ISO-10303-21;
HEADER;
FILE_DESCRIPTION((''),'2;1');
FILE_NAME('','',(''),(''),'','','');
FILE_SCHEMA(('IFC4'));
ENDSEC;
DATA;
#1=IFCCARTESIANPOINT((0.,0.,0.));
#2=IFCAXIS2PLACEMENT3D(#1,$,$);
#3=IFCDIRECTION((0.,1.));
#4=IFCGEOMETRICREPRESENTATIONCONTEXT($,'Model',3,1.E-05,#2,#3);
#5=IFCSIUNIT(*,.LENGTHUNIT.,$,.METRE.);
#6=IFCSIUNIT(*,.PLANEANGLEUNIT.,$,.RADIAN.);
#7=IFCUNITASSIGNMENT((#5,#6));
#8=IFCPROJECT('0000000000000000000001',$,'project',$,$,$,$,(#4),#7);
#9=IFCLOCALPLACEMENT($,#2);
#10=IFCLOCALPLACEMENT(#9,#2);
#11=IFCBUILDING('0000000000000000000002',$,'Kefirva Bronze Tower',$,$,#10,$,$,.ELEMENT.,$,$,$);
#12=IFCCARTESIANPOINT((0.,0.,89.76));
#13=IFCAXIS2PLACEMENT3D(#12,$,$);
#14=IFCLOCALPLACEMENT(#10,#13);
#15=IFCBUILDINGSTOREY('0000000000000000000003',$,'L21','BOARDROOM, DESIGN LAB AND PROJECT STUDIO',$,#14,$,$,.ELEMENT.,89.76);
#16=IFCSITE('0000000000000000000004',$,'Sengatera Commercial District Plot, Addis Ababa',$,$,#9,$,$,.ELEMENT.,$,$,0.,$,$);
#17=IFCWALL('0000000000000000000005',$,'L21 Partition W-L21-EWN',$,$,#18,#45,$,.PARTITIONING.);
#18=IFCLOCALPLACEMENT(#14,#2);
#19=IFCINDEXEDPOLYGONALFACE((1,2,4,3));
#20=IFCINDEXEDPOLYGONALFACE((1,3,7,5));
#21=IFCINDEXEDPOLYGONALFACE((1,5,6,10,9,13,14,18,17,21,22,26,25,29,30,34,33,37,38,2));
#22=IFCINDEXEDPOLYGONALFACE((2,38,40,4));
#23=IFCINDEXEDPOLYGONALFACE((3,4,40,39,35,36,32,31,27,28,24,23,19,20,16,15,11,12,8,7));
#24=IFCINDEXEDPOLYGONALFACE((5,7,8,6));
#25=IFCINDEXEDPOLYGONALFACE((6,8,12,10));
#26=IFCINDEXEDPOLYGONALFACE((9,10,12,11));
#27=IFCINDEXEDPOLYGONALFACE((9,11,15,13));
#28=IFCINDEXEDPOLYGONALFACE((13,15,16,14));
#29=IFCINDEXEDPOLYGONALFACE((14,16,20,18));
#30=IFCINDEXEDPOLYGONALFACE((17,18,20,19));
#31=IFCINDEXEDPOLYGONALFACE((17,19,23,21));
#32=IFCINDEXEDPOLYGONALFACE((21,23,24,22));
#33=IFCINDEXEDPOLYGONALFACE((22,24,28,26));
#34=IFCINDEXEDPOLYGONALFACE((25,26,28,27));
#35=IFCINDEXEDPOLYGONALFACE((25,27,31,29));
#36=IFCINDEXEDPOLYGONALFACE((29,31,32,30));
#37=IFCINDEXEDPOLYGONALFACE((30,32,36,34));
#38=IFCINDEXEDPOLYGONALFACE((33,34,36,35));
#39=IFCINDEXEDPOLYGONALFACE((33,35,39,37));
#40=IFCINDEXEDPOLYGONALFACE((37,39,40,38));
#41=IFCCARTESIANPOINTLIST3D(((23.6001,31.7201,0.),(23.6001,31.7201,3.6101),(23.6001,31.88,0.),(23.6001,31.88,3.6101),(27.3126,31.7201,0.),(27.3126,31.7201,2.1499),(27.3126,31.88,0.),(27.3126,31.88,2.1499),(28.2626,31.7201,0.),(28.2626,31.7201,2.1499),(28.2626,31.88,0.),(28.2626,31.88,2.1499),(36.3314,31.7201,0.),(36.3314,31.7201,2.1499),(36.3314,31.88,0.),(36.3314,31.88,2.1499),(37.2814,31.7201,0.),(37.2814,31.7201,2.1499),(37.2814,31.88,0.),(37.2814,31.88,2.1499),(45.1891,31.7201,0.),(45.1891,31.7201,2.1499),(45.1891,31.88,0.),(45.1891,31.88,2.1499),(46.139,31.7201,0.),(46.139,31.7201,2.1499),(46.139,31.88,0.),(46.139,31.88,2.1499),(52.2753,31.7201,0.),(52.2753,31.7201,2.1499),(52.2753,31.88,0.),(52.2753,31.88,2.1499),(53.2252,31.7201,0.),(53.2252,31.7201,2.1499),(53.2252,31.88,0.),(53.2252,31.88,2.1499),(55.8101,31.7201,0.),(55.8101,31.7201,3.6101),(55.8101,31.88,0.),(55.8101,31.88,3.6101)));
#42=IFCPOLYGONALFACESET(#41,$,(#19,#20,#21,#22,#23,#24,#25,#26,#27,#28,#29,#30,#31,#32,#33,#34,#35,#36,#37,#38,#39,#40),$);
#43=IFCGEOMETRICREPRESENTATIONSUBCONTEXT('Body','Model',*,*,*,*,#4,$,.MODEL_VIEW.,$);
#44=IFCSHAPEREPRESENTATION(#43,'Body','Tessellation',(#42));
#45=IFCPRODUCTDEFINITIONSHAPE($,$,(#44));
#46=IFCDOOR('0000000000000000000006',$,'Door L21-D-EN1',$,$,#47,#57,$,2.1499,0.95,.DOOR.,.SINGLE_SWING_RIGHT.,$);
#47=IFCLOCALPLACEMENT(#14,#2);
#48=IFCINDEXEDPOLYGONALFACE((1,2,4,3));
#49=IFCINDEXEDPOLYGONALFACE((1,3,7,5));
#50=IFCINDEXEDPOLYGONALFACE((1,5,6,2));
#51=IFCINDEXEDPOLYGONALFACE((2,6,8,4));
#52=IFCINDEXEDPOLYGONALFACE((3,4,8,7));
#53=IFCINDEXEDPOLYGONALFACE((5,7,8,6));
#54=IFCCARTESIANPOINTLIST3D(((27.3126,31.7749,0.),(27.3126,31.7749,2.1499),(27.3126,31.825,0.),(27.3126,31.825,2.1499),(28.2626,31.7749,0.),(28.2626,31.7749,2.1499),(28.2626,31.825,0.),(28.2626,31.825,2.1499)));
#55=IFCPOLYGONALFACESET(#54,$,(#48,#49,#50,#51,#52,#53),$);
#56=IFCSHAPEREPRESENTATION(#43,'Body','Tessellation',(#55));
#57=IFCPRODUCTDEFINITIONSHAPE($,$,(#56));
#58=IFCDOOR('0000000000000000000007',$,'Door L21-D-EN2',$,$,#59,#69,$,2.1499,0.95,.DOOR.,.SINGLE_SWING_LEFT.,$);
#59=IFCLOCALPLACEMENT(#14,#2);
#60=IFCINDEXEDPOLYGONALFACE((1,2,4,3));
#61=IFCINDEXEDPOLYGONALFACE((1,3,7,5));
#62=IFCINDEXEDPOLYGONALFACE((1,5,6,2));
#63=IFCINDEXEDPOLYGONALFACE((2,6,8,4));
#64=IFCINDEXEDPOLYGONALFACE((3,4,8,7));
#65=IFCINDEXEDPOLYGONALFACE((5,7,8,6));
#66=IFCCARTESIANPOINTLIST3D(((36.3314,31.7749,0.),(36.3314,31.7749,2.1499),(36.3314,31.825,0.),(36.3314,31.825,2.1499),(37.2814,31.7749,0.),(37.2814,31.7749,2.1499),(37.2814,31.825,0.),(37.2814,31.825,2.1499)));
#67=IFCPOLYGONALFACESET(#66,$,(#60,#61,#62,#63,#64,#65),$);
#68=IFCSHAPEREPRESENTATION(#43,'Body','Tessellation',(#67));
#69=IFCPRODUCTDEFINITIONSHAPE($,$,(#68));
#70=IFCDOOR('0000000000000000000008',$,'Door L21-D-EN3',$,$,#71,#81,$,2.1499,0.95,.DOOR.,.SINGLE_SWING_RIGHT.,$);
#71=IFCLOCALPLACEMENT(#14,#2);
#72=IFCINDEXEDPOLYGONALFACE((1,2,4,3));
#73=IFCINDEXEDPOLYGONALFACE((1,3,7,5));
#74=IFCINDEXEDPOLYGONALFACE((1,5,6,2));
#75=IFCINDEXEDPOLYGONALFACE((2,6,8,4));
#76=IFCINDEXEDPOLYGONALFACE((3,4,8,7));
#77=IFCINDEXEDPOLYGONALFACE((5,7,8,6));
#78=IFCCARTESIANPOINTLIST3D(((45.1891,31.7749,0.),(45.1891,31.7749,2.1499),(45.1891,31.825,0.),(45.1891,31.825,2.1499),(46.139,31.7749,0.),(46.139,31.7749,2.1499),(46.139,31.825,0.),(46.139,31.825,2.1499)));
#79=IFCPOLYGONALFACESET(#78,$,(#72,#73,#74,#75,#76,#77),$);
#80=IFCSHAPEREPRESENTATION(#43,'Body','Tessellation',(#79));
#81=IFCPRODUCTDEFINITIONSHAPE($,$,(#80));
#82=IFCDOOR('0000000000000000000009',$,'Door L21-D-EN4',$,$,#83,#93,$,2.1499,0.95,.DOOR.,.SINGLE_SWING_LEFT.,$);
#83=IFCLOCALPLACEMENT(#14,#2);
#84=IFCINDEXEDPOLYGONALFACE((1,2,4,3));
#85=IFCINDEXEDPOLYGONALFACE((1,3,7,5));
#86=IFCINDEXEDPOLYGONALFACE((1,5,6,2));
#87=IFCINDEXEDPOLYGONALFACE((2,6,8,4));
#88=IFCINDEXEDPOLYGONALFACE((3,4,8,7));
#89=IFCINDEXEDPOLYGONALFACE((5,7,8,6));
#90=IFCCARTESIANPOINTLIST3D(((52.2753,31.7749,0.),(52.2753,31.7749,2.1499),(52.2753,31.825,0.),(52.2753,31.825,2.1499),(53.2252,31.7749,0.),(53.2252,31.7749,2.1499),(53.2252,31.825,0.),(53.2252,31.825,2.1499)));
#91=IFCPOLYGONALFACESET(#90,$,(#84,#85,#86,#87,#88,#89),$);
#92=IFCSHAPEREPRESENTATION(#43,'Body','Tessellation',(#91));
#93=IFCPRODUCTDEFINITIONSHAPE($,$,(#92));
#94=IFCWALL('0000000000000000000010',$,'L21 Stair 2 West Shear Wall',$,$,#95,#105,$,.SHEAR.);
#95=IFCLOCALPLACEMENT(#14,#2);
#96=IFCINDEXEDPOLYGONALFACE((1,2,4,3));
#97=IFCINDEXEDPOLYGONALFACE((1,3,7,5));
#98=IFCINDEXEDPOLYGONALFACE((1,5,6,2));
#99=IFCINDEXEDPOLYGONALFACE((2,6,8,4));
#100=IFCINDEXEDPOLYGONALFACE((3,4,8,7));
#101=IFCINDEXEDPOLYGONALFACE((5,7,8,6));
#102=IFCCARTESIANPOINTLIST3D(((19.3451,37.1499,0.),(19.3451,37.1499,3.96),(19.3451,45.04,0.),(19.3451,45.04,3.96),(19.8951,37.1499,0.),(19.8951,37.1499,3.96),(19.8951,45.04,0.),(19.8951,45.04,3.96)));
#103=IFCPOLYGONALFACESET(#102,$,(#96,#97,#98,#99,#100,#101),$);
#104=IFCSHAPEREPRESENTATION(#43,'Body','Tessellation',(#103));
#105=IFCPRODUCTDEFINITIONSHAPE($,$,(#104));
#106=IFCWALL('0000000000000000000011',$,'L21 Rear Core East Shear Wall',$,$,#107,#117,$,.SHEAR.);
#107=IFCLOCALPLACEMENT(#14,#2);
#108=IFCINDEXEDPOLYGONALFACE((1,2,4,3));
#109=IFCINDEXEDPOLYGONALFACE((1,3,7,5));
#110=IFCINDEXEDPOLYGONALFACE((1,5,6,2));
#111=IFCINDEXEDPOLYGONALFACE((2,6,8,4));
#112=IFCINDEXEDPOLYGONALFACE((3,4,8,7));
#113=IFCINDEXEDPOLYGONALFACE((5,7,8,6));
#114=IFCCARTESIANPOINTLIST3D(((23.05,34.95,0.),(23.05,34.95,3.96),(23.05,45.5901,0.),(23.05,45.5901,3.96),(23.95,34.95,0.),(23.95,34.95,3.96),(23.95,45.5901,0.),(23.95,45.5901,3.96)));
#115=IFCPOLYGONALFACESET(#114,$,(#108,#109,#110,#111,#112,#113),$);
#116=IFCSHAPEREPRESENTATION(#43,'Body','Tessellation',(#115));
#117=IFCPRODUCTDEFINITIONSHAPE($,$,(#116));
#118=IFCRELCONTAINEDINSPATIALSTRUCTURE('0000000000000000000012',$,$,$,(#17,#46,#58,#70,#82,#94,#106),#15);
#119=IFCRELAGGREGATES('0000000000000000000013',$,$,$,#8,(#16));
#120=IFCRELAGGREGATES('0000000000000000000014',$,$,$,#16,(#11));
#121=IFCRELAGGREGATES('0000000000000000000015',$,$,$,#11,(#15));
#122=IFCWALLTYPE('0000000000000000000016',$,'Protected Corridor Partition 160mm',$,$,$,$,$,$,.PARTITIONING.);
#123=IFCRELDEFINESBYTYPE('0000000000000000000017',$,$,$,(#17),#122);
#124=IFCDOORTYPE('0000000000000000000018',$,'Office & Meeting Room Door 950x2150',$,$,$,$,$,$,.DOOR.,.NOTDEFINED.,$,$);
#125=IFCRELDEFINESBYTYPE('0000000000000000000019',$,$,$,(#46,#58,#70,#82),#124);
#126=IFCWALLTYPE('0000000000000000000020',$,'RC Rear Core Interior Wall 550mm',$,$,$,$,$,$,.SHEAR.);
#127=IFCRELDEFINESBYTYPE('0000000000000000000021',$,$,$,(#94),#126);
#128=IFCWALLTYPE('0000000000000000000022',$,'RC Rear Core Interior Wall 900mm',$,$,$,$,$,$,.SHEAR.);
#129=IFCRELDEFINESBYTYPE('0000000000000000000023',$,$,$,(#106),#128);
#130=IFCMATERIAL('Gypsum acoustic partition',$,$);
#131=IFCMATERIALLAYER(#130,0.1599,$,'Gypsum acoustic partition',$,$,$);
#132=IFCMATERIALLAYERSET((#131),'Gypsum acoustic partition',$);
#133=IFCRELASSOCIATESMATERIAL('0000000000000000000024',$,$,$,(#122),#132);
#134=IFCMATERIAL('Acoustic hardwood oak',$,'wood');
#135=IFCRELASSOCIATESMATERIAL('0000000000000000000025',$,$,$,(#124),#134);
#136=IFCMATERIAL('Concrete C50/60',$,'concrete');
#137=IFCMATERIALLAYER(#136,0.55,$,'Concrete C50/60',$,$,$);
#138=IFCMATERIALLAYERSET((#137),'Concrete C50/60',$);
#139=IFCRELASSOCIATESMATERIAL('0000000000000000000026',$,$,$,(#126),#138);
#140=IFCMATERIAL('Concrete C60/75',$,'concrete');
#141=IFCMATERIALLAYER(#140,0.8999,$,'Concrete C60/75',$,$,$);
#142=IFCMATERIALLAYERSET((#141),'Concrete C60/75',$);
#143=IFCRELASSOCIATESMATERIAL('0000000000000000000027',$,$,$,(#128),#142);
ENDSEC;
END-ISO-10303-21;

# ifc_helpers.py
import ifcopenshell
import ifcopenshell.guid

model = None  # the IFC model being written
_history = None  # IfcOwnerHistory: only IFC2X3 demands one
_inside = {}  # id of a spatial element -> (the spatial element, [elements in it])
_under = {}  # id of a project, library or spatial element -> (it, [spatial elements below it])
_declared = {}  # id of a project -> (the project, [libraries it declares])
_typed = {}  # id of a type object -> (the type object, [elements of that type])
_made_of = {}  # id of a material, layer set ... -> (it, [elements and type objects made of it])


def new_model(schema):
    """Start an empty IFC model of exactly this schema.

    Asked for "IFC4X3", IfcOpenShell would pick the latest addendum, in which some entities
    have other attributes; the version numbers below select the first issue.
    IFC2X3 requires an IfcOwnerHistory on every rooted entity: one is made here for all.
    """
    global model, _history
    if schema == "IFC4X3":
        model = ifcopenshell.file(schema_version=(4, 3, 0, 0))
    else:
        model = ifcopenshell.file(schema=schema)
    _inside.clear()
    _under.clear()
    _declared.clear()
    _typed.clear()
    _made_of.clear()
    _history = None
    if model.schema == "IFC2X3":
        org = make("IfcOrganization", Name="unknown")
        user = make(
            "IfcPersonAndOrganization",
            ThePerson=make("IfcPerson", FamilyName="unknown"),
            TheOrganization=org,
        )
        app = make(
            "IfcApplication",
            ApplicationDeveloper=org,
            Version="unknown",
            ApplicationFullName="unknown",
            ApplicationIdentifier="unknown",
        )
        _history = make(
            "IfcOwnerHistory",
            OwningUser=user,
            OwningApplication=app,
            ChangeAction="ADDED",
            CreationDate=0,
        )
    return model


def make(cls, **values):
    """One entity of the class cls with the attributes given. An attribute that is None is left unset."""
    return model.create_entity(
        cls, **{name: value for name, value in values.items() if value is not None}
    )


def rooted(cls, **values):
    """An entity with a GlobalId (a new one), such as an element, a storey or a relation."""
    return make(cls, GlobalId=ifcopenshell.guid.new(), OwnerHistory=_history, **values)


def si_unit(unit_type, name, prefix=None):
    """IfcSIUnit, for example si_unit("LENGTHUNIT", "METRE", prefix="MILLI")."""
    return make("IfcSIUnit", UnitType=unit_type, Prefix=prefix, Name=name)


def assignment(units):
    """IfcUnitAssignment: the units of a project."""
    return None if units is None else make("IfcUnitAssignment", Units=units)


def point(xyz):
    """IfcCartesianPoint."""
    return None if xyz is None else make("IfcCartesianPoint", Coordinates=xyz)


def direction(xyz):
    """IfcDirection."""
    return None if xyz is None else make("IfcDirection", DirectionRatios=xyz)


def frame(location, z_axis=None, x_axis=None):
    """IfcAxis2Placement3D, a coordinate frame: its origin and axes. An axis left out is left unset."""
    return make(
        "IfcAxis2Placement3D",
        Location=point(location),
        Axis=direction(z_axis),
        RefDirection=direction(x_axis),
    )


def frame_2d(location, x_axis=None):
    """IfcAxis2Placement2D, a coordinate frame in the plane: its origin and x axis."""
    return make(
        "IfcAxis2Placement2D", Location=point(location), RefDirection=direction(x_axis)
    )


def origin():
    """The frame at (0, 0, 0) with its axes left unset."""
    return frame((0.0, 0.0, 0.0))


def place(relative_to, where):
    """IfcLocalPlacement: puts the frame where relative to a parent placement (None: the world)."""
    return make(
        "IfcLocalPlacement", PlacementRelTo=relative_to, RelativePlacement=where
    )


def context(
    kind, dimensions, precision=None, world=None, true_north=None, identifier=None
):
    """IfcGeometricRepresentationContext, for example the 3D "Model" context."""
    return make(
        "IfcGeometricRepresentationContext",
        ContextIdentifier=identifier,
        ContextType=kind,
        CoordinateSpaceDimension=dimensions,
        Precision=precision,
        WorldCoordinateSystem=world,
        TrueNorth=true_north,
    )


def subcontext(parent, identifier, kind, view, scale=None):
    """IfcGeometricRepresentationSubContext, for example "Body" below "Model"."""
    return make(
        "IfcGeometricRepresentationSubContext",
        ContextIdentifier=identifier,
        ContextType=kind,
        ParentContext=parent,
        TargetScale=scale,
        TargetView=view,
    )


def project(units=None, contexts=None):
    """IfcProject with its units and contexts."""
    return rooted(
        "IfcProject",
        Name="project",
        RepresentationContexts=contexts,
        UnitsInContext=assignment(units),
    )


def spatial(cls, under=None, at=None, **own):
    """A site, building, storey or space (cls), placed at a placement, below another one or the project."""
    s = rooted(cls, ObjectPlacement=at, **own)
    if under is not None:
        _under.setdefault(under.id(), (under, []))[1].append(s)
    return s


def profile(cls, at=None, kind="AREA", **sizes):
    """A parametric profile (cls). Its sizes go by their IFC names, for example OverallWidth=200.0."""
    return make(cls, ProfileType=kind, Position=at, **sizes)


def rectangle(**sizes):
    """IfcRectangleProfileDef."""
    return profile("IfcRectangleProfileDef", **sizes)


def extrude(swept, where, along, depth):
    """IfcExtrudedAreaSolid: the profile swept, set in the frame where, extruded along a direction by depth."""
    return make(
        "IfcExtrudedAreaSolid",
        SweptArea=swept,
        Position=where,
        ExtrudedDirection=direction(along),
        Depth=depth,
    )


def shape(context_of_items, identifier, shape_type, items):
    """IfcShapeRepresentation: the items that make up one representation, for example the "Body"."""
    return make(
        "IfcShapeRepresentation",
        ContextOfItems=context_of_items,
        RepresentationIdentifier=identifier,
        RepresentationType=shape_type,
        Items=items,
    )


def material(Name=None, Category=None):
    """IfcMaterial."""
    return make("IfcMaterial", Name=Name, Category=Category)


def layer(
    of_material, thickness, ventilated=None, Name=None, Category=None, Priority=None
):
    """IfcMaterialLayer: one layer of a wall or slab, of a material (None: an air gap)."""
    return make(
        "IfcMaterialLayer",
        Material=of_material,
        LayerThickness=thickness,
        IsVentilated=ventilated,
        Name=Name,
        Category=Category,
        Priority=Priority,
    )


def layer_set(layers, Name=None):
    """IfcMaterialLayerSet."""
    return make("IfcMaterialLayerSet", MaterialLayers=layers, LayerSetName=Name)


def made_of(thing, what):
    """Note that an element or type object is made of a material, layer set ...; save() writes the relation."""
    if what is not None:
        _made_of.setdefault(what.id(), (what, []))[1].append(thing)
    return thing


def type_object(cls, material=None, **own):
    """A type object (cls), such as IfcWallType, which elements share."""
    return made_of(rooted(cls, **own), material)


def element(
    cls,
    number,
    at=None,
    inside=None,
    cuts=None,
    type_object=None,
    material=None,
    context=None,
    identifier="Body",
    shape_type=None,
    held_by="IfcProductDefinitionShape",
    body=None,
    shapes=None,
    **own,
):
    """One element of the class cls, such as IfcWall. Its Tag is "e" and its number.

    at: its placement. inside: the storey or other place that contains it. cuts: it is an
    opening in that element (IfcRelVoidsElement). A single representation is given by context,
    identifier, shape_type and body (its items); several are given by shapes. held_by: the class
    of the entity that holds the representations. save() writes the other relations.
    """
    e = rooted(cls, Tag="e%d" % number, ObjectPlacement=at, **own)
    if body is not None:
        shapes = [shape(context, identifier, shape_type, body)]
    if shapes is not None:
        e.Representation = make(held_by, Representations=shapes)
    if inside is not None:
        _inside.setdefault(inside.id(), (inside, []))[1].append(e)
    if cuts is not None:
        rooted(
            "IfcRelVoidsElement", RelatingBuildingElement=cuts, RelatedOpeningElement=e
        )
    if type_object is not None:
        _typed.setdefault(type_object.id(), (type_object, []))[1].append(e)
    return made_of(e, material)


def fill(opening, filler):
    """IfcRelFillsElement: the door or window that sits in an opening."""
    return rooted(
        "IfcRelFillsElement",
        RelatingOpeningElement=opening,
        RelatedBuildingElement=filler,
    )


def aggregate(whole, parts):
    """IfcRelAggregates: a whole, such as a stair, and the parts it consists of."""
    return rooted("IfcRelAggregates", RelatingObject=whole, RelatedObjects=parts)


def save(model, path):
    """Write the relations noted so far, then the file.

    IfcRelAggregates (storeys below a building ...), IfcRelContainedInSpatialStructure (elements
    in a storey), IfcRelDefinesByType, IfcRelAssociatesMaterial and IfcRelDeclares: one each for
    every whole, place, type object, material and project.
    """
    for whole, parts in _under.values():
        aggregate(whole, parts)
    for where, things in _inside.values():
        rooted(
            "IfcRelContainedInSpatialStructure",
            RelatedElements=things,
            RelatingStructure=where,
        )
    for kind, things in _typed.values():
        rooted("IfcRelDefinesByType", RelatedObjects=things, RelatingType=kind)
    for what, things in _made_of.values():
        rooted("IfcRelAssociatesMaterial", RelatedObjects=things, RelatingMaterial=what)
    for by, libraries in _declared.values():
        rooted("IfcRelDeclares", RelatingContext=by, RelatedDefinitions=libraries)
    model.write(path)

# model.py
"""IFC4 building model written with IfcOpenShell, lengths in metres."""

from ifc_helpers import new_model, si_unit, direction, frame, frame_2d, origin, place, context, subcontext, project, spatial, rectangle, extrude, material, layer, layer_set, type_object, element, fill, save


model = new_model("IFC4")

# Units and contexts
model_context = context("Model", 3, precision=1e-05, world=origin(), true_north=direction((0.0, 1.0)))
body_context = subcontext(model_context, "Body", "Model", "MODEL_VIEW")
ifc_project = project(units=[si_unit("LENGTHUNIT", "METRE"), si_unit("PLANEANGLEUNIT", "RADIAN")], contexts=[model_context])

# Site, building, storey
site_placement = place(None, origin())
site = spatial("IfcSite", under=ifc_project, at=site_placement, Name="Sengatera Commercial District Plot, Addis Ababa", CompositionType="ELEMENT", RefElevation=0.0)
building_placement = place(site_placement, origin())
building = spatial("IfcBuilding", under=site, at=building_placement, Name="Kefirva Bronze Tower", CompositionType="ELEMENT")
storey_placement = place(building_placement, frame((0.0, 0.0, 89.76)))
storey = spatial("IfcBuildingStorey", under=building, at=storey_placement, Name="L21", Description="BOARDROOM, DESIGN LAB AND PROJECT STUDIO", CompositionType="ELEMENT", Elevation=89.76)

# Shared definitions
ifc_material_1 = material(Name="Concrete C60/75", Category="concrete")

# Wall, openings, doors
ifc_material_2 = material(Name="Gypsum acoustic partition")
ifc_layer_1 = layer(ifc_material_2, 0.1599, Name="Gypsum acoustic partition")
ifc_layer_set_1 = layer_set([ifc_layer_1], Name="Gypsum acoustic partition")
wall_type_1 = type_object("IfcWallType", Name="Protected Corridor Partition 160mm", PredefinedType="PARTITIONING", material=ifc_layer_set_1)
ifc_material_3 = material(Name="Acoustic hardwood oak", Category="wood")
door_type_1 = type_object("IfcDoorType", Name="Office & Meeting Room Door 950x2150", OperationType="NOTDEFINED", PredefinedType="DOOR", material=ifc_material_3)
wall_1_placement = place(storey_placement, frame((23.6001, 31.8, 0.0), z_axis=(0.0, 0.0, 1.0), x_axis=(1.0, 0.0, 0.0)))
wall_1 = element("IfcWall", 1, at=wall_1_placement, inside=storey, type_object=wall_type_1, Name="L21 Partition W-L21-EWN", PredefinedType="PARTITIONING", context=body_context, shape_type="SweptSolid", body=[
    extrude(rectangle(XDim=32.21, YDim=0.1599, at=frame_2d((16.105, 0.0))), origin(), (0.0, 0.0, 1.0), 3.6101),
])
opening_1_placement = place(wall_1_placement, frame((3.7124, 0.0, 0.0)))
opening_1 = element("IfcOpeningElement", 2, at=opening_1_placement, cuts=wall_1, PredefinedType="OPENING", context=body_context, shape_type="SweptSolid", body=[
    extrude(rectangle(XDim=0.95, YDim=2.1499, at=frame_2d((0.4751, 1.075))), frame((0.0, 0.0898, 0.0), z_axis=(0.0, -1.0, 0.0), x_axis=(1.0, 0.0, 0.0)), (0.0, 0.0, 1.0), 0.1799),
])
opening_2_placement = place(wall_1_placement, frame((12.7312, 0.0, 0.0)))
opening_2 = element("IfcOpeningElement", 3, at=opening_2_placement, cuts=wall_1, PredefinedType="OPENING", context=body_context, shape_type="SweptSolid", body=[
    extrude(rectangle(XDim=0.95, YDim=2.1499, at=frame_2d((0.4751, 1.075))), frame((0.0, 0.0898, 0.0), z_axis=(0.0, -1.0, 0.0), x_axis=(1.0, 0.0, 0.0)), (0.0, 0.0, 1.0), 0.1799),
])
opening_3_placement = place(wall_1_placement, frame((21.5889, 0.0, 0.0)))
opening_3 = element("IfcOpeningElement", 4, at=opening_3_placement, cuts=wall_1, PredefinedType="OPENING", context=body_context, shape_type="SweptSolid", body=[
    extrude(rectangle(XDim=0.95, YDim=2.1499, at=frame_2d((0.4751, 1.075))), frame((0.0, 0.0898, 0.0), z_axis=(0.0, -1.0, 0.0), x_axis=(1.0, 0.0, 0.0)), (0.0, 0.0, 1.0), 0.1799),
])
opening_4_placement = place(wall_1_placement, frame((28.675, 0.0, 0.0)))
opening_4 = element("IfcOpeningElement", 5, at=opening_4_placement, cuts=wall_1, PredefinedType="OPENING", context=body_context, shape_type="SweptSolid", body=[
    extrude(rectangle(XDim=0.95, YDim=2.1499, at=frame_2d((0.4751, 1.075))), frame((0.0, 0.0898, 0.0), z_axis=(0.0, -1.0, 0.0), x_axis=(1.0, 0.0, 0.0)), (0.0, 0.0, 1.0), 0.1799),
])
door_1_placement = place(opening_1_placement, origin())
door_1 = element("IfcDoor", 6, at=door_1_placement, inside=storey, type_object=door_type_1, Name="Door L21-D-EN1", OperationType="SINGLE_SWING_RIGHT", OverallHeight=2.1499, OverallWidth=0.95, PredefinedType="DOOR", context=body_context, shape_type="SweptSolid", body=[
    extrude(rectangle(XDim=0.95, YDim=2.1499, at=frame_2d((0.4751, 1.075))), frame((0.0, 0.0249, 0.0), z_axis=(0.0, -1.0, 0.0), x_axis=(1.0, 0.0, 0.0)), (0.0, 0.0, 1.0), 0.05),
])
fill(opening_1, door_1)
door_2_placement = place(opening_2_placement, origin())
door_2 = element("IfcDoor", 7, at=door_2_placement, inside=storey, type_object=door_type_1, Name="Door L21-D-EN2", OperationType="SINGLE_SWING_LEFT", OverallHeight=2.1499, OverallWidth=0.95, PredefinedType="DOOR", context=body_context, shape_type="SweptSolid", body=[
    extrude(rectangle(XDim=0.95, YDim=2.1499, at=frame_2d((0.4751, 1.075))), frame((0.0, 0.0249, 0.0), z_axis=(0.0, -1.0, 0.0), x_axis=(1.0, 0.0, 0.0)), (0.0, 0.0, 1.0), 0.05),
])
fill(opening_2, door_2)
door_3_placement = place(opening_3_placement, origin())
door_3 = element("IfcDoor", 8, at=door_3_placement, inside=storey, type_object=door_type_1, Name="Door L21-D-EN3", OperationType="SINGLE_SWING_RIGHT", OverallHeight=2.1499, OverallWidth=0.95, PredefinedType="DOOR", context=body_context, shape_type="SweptSolid", body=[
    extrude(rectangle(XDim=0.95, YDim=2.1499, at=frame_2d((0.4751, 1.075))), frame((0.0, 0.0249, 0.0), z_axis=(0.0, -1.0, 0.0), x_axis=(1.0, 0.0, 0.0)), (0.0, 0.0, 1.0), 0.05),
])
fill(opening_3, door_3)
door_4_placement = place(opening_4_placement, origin())
door_4 = element("IfcDoor", 9, at=door_4_placement, inside=storey, type_object=door_type_1, Name="Door L21-D-EN4", OperationType="SINGLE_SWING_LEFT", OverallHeight=2.1499, OverallWidth=0.95, PredefinedType="DOOR", context=body_context, shape_type="SweptSolid", body=[
    extrude(rectangle(XDim=0.95, YDim=2.1499, at=frame_2d((0.4751, 1.075))), frame((0.0, 0.0249, 0.0), z_axis=(0.0, -1.0, 0.0), x_axis=(1.0, 0.0, 0.0)), (0.0, 0.0, 1.0), 0.05),
])
fill(opening_4, door_4)

# Walls
ifc_material_4 = material(Name="Concrete C50/60", Category="concrete")
ifc_layer_2 = layer(ifc_material_4, 0.55, Name="Concrete C50/60")
ifc_layer_set_2 = layer_set([ifc_layer_2], Name="Concrete C50/60")
wall_type_2 = type_object("IfcWallType", Name="RC Rear Core Interior Wall 550mm", PredefinedType="SHEAR", material=ifc_layer_set_2)
wall_2_placement = place(storey_placement, frame((19.6201, 37.1499, 0.0), z_axis=(0.0, 0.0, 1.0), x_axis=(0.0, 1.0, 0.0)))
element("IfcWall", 10, at=wall_2_placement, inside=storey, type_object=wall_type_2, Name="L21 Stair 2 West Shear Wall", PredefinedType="SHEAR", context=body_context, shape_type="SweptSolid", body=[
    extrude(rectangle(XDim=7.8901, YDim=0.55, at=frame_2d((3.9451, 0.0))), origin(), (0.0, 0.0, 1.0), 3.96),
])
ifc_layer_3 = layer(ifc_material_1, 0.8999, Name="Concrete C60/75")
ifc_layer_set_3 = layer_set([ifc_layer_3], Name="Concrete C60/75")
wall_type_3 = type_object("IfcWallType", Name="RC Rear Core Interior Wall 900mm", PredefinedType="SHEAR", material=ifc_layer_set_3)
wall_3_placement = place(storey_placement, frame((23.5, 34.95, 0.0), z_axis=(0.0, 0.0, 1.0), x_axis=(0.0, 1.0, 0.0)))
element("IfcWall", 11, at=wall_3_placement, inside=storey, type_object=wall_type_3, Name="L21 Rear Core East Shear Wall", PredefinedType="SHEAR", context=body_context, shape_type="SweptSolid", body=[
    extrude(rectangle(XDim=10.6401, YDim=0.8999, at=frame_2d((5.3201, 0.0))), origin(), (0.0, 0.0, 1.0), 3.96),
])

save(model, "model.ifc")
